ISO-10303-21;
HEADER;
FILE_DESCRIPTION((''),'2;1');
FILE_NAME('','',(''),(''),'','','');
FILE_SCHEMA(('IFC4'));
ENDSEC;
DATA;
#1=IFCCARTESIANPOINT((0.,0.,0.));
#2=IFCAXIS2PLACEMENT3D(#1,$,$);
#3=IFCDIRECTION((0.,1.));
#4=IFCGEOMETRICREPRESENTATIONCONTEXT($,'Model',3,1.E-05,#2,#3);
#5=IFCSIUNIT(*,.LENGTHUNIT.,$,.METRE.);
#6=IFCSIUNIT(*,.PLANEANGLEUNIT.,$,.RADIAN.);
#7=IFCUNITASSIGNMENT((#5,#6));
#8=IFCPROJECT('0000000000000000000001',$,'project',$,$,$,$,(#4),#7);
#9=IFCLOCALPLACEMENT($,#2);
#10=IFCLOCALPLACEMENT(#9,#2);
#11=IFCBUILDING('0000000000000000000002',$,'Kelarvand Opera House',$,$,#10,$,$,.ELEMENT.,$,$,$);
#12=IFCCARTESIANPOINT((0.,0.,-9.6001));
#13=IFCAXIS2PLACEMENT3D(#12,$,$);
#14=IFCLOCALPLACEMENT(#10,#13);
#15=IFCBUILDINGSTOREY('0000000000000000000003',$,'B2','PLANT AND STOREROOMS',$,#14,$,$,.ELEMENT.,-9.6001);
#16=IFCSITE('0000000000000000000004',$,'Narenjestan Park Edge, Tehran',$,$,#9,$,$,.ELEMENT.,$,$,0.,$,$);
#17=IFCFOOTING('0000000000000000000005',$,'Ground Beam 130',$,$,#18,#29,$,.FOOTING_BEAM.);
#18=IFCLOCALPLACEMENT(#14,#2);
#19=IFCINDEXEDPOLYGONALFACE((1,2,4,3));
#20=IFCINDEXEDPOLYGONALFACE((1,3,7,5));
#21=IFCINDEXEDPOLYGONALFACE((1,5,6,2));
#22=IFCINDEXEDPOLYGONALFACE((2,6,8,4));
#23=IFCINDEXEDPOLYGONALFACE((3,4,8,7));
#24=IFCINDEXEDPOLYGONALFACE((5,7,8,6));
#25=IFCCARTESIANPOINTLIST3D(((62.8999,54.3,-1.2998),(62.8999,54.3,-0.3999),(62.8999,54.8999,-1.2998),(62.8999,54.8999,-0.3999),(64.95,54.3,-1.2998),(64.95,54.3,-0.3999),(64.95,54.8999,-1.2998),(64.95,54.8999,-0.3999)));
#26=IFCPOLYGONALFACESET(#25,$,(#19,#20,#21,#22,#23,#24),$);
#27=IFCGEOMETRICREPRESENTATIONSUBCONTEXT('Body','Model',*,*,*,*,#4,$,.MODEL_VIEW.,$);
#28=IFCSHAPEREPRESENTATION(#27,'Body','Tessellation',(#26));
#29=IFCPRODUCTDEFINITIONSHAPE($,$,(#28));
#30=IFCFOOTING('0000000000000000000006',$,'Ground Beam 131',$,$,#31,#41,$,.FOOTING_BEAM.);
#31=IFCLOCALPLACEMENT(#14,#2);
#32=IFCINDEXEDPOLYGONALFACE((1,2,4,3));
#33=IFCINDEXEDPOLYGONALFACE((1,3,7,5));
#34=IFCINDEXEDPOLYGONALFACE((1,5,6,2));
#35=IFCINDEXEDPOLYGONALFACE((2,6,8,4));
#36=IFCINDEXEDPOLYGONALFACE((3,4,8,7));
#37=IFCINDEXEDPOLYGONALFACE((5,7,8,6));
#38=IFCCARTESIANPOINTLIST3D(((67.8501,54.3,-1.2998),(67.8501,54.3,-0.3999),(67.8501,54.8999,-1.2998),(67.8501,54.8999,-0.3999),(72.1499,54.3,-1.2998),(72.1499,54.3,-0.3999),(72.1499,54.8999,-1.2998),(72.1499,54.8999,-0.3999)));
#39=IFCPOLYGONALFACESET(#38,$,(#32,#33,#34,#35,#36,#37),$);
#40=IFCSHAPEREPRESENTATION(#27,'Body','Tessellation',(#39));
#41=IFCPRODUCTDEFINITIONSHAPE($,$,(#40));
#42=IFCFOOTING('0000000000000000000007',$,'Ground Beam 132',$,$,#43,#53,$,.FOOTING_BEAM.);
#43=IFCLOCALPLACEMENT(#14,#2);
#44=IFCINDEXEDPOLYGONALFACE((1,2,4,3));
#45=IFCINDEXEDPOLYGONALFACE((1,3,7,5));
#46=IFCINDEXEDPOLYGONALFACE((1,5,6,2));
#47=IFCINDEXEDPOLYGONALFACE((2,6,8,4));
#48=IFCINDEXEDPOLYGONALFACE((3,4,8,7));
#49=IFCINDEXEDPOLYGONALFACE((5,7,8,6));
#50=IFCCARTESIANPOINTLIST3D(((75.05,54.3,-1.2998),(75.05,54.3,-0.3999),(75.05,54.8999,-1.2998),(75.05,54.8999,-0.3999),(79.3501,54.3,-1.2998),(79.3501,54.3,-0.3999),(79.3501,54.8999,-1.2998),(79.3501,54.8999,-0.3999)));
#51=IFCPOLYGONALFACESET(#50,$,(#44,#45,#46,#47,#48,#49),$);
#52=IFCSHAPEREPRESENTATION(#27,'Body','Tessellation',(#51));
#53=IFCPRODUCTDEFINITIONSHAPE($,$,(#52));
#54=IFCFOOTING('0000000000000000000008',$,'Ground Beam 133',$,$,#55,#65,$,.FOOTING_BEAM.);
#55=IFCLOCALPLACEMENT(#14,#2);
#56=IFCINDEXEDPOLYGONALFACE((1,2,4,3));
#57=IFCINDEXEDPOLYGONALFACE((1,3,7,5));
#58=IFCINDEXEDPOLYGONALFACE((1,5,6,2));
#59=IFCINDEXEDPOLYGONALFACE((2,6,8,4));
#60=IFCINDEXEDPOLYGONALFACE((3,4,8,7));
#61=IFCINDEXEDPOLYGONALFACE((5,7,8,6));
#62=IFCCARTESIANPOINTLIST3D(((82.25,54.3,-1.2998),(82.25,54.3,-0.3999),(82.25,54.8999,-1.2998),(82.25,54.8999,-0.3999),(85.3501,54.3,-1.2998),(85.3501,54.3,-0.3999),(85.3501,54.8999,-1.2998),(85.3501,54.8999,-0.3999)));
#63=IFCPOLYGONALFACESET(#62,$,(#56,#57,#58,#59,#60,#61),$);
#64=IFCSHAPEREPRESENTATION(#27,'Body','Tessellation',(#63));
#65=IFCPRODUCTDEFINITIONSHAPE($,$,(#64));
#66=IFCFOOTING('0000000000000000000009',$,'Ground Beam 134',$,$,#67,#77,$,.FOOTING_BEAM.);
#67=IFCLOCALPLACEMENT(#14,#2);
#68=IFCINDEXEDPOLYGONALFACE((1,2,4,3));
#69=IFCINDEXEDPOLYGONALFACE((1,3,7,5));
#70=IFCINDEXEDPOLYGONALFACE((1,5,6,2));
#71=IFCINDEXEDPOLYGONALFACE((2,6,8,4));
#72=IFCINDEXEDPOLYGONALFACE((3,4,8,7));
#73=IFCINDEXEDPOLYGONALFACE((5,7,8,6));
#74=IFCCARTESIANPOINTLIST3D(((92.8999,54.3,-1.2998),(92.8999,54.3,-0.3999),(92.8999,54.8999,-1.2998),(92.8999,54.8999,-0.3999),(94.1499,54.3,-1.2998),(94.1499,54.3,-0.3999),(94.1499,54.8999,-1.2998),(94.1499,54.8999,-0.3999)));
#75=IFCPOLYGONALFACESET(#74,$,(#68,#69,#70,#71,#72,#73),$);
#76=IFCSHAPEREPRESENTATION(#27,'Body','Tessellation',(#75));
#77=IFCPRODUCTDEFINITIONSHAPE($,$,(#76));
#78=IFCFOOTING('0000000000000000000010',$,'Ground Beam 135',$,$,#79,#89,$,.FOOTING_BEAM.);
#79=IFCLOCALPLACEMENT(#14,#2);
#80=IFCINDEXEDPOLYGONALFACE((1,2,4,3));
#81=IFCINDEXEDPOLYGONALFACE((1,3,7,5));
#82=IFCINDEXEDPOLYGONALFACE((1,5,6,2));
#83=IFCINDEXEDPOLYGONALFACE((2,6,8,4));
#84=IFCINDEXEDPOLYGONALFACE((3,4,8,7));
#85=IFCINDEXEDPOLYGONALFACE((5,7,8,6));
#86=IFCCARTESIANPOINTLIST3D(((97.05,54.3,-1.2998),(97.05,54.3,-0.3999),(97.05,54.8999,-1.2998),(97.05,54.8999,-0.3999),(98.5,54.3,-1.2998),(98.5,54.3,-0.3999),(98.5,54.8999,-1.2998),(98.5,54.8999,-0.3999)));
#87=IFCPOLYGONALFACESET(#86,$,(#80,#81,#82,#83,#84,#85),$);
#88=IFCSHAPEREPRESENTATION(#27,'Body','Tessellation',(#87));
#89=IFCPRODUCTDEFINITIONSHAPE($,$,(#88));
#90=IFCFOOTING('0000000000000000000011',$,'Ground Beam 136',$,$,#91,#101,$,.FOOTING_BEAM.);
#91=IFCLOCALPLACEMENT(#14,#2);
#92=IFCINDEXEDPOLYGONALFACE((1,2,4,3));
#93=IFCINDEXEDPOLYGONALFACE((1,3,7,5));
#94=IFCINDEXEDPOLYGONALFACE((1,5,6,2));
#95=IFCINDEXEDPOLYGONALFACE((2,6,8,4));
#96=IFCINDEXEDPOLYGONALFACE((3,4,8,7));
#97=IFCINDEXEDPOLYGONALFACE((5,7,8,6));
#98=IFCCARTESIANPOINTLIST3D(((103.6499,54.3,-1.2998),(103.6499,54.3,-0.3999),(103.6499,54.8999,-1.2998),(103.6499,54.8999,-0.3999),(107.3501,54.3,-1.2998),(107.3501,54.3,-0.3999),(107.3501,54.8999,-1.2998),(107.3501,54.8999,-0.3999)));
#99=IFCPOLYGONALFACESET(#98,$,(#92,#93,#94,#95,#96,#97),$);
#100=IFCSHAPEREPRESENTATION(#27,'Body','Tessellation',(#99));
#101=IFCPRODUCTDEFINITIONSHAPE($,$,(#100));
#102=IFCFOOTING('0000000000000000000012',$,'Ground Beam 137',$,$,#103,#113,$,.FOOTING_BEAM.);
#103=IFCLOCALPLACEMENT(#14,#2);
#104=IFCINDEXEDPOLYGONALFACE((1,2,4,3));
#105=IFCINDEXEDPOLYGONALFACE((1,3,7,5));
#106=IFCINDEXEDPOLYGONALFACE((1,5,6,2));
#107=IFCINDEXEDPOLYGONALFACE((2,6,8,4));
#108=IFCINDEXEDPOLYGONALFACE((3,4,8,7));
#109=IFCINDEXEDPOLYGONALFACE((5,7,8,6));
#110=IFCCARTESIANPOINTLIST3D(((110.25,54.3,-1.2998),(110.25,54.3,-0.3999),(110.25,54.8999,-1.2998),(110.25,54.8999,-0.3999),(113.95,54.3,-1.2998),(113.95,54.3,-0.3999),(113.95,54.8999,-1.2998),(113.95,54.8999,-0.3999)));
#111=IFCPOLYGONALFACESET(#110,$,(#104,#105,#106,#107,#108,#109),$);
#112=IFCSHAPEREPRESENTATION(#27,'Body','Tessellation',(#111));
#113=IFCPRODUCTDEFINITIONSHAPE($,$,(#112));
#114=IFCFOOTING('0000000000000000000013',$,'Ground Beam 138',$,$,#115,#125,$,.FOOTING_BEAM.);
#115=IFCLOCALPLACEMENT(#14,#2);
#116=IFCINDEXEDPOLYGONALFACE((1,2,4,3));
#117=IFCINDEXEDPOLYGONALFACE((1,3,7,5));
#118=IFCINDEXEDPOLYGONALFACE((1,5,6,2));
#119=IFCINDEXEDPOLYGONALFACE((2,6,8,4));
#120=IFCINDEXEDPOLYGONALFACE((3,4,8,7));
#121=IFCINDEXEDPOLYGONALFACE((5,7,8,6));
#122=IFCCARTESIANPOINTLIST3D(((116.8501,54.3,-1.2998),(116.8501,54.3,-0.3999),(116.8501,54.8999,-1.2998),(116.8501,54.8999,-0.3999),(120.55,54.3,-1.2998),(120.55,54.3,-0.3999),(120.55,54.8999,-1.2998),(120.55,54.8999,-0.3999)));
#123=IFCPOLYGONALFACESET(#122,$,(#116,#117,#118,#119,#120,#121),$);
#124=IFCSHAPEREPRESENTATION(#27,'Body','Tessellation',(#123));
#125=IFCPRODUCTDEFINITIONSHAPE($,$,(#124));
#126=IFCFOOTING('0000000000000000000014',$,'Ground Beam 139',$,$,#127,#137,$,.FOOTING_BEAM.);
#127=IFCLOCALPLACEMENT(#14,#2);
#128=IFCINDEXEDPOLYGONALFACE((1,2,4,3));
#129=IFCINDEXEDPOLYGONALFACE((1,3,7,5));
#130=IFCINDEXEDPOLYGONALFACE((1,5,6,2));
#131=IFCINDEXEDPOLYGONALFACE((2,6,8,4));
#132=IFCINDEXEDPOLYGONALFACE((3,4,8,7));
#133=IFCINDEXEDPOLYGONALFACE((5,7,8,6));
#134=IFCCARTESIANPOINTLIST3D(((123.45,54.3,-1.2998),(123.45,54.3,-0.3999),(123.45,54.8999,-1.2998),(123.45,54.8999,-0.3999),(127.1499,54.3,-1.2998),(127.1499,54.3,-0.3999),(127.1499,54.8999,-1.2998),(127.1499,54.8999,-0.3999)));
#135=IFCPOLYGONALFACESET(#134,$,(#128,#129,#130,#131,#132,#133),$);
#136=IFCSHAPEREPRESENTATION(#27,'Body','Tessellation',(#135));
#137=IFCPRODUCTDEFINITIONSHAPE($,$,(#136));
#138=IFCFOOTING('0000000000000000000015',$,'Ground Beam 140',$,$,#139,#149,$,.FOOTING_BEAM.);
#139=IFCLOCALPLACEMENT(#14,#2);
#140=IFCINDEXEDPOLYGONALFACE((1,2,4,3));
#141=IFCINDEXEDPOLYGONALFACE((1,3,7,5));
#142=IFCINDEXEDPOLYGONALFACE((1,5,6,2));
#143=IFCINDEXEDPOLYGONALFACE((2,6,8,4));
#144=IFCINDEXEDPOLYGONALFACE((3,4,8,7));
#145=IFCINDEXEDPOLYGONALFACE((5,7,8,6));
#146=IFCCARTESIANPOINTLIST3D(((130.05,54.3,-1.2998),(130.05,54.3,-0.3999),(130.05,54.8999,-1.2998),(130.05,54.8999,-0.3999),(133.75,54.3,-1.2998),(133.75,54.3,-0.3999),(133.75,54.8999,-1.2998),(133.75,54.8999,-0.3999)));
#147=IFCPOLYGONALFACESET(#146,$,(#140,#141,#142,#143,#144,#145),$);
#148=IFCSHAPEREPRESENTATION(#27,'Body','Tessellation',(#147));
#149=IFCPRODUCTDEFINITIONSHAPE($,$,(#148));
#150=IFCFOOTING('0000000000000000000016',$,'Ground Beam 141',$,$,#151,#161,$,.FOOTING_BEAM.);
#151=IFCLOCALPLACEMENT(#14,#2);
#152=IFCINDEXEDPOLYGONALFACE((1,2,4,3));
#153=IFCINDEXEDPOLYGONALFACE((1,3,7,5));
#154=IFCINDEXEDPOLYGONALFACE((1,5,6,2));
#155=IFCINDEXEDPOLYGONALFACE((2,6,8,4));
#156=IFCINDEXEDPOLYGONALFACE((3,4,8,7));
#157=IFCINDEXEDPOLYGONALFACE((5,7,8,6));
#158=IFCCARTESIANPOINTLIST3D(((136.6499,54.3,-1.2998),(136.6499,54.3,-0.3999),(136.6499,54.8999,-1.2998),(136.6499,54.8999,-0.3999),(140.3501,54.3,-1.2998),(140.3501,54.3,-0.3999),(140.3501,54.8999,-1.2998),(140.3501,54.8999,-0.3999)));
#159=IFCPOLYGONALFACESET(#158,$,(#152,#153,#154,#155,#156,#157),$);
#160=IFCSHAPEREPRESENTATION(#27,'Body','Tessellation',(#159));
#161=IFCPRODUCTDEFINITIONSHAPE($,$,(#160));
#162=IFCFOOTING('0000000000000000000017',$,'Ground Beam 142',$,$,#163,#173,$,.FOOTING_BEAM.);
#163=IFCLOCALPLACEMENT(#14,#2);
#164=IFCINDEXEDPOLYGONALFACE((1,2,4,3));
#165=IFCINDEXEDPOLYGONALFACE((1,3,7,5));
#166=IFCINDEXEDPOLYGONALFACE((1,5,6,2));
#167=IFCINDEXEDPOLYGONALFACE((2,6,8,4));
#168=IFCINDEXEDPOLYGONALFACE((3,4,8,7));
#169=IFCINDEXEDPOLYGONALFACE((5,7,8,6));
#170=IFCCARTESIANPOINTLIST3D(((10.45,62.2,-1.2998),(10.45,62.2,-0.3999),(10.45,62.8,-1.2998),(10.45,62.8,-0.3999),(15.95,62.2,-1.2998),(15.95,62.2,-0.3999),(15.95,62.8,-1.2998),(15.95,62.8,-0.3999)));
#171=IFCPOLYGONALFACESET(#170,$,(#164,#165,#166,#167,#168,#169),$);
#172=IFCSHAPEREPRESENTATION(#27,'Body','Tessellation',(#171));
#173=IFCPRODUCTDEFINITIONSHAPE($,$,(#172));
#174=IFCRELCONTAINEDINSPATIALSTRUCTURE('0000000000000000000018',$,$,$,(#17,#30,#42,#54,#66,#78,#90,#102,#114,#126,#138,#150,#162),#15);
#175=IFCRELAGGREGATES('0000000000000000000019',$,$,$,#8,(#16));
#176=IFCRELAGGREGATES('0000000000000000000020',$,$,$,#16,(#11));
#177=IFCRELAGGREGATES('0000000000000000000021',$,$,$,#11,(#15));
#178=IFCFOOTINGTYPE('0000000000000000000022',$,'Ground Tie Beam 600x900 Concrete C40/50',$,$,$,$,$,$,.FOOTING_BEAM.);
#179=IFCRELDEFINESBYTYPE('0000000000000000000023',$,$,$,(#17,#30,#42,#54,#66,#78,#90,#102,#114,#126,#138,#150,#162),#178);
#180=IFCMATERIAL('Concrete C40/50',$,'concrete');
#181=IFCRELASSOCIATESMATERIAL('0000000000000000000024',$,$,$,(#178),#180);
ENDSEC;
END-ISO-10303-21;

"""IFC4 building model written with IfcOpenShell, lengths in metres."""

from ifc_helpers import new_model, si_unit, direction, frame, origin, place, context, subcontext, project, spatial, polyline, outline, extrude, material, type_object, element, save


model = new_model("IFC4")

# Units and contexts
model_context = context("Model", 3, precision=1e-05, world=origin(), true_north=direction((0.0, 1.0)))
body_context = subcontext(model_context, "Body", "Model", "MODEL_VIEW")
ifc_project = project(units=[si_unit("LENGTHUNIT", "METRE"), si_unit("PLANEANGLEUNIT", "RADIAN")], contexts=[model_context])

# Site, building, storey
site_placement = place(None, origin())
site = spatial("IfcSite", under=ifc_project, at=site_placement, Name="Narenjestan Park Edge, Tehran", CompositionType="ELEMENT", RefElevation=0.0)
building_placement = place(site_placement, origin())
building = spatial("IfcBuilding", under=site, at=building_placement, Name="Kelarvand Opera House", CompositionType="ELEMENT")
storey_placement = place(building_placement, frame((0.0, 0.0, -9.6001)))
storey = spatial("IfcBuildingStorey", under=building, at=storey_placement, Name="B2", Description="PLANT AND STOREROOMS", CompositionType="ELEMENT", Elevation=-9.6001)

# Footings
ifc_material = material(Name="Concrete C40/50", Category="concrete")
footing_type = type_object("IfcFootingType", Name="Ground Tie Beam 600x900 Concrete C40/50", PredefinedType="FOOTING_BEAM", material=ifc_material)
footing_1_placement = place(storey_placement, frame((0.0, 0.0, -1.2998)))
element("IfcFooting", 1, at=footing_1_placement, inside=storey, type_object=footing_type, Name="Ground Beam 130", PredefinedType="FOOTING_BEAM", context=body_context, shape_type="SweptSolid", body=[
    extrude(outline(polyline([(62.8999, 54.3), (64.95, 54.3), (64.95, 54.8999), (62.8999, 54.8999), (62.8999, 54.3)])), origin(), (0.0, 0.0, 1.0), 0.8999),
])
footing_2_placement = place(storey_placement, frame((0.0, 0.0, -1.2998)))
element("IfcFooting", 2, at=footing_2_placement, inside=storey, type_object=footing_type, Name="Ground Beam 131", PredefinedType="FOOTING_BEAM", context=body_context, shape_type="SweptSolid", body=[
    extrude(outline(polyline([(67.8501, 54.3), (72.1499, 54.3), (72.1499, 54.8999), (67.8501, 54.8999), (67.8501, 54.3)])), origin(), (0.0, 0.0, 1.0), 0.8999),
])
footing_3_placement = place(storey_placement, frame((0.0, 0.0, -1.2998)))
element("IfcFooting", 3, at=footing_3_placement, inside=storey, type_object=footing_type, Name="Ground Beam 132", PredefinedType="FOOTING_BEAM", context=body_context, shape_type="SweptSolid", body=[
    extrude(outline(polyline([(75.05, 54.3), (79.3501, 54.3), (79.3501, 54.8999), (75.05, 54.8999), (75.05, 54.3)])), origin(), (0.0, 0.0, 1.0), 0.8999),
])
footing_4_placement = place(storey_placement, frame((0.0, 0.0, -1.2998)))
element("IfcFooting", 4, at=footing_4_placement, inside=storey, type_object=footing_type, Name="Ground Beam 133", PredefinedType="FOOTING_BEAM", context=body_context, shape_type="SweptSolid", body=[
    extrude(outline(polyline([(82.25, 54.3), (85.3501, 54.3), (85.3501, 54.8999), (82.25, 54.8999), (82.25, 54.3)])), origin(), (0.0, 0.0, 1.0), 0.8999),
])
footing_5_placement = place(storey_placement, frame((0.0, 0.0, -1.2998)))
element("IfcFooting", 5, at=footing_5_placement, inside=storey, type_object=footing_type, Name="Ground Beam 134", PredefinedType="FOOTING_BEAM", context=body_context, shape_type="SweptSolid", body=[
    extrude(outline(polyline([(92.8999, 54.3), (94.1499, 54.3), (94.1499, 54.8999), (92.8999, 54.8999), (92.8999, 54.3)])), origin(), (0.0, 0.0, 1.0), 0.8999),
])
footing_6_placement = place(storey_placement, frame((0.0, 0.0, -1.2998)))
element("IfcFooting", 6, at=footing_6_placement, inside=storey, type_object=footing_type, Name="Ground Beam 135", PredefinedType="FOOTING_BEAM", context=body_context, shape_type="SweptSolid", body=[
    extrude(outline(polyline([(97.05, 54.3), (98.5, 54.3), (98.5, 54.8999), (97.05, 54.8999), (97.05, 54.3)])), origin(), (0.0, 0.0, 1.0), 0.8999),
])
footing_7_placement = place(storey_placement, frame((0.0, 0.0, -1.2998)))
element("IfcFooting", 7, at=footing_7_placement, inside=storey, type_object=footing_type, Name="Ground Beam 136", PredefinedType="FOOTING_BEAM", context=body_context, shape_type="SweptSolid", body=[
    extrude(outline(polyline([(103.6499, 54.3), (107.3501, 54.3), (107.3501, 54.8999), (103.6499, 54.8999), (103.6499, 54.3)])), origin(), (0.0, 0.0, 1.0), 0.8999),
])
footing_8_placement = place(storey_placement, frame((0.0, 0.0, -1.2998)))
element("IfcFooting", 8, at=footing_8_placement, inside=storey, type_object=footing_type, Name="Ground Beam 137", PredefinedType="FOOTING_BEAM", context=body_context, shape_type="SweptSolid", body=[
    extrude(outline(polyline([(110.25, 54.3), (113.95, 54.3), (113.95, 54.8999), (110.25, 54.8999), (110.25, 54.3)])), origin(), (0.0, 0.0, 1.0), 0.8999),
])
footing_9_placement = place(storey_placement, frame((0.0, 0.0, -1.2998)))
element("IfcFooting", 9, at=footing_9_placement, inside=storey, type_object=footing_type, Name="Ground Beam 138", PredefinedType="FOOTING_BEAM", context=body_context, shape_type="SweptSolid", body=[
    extrude(outline(polyline([(116.8501, 54.3), (120.55, 54.3), (120.55, 54.8999), (116.8501, 54.8999), (116.8501, 54.3)])), origin(), (0.0, 0.0, 1.0), 0.8999),
])
footing_10_placement = place(storey_placement, frame((0.0, 0.0, -1.2998)))
element("IfcFooting", 10, at=footing_10_placement, inside=storey, type_object=footing_type, Name="Ground Beam 139", PredefinedType="FOOTING_BEAM", context=body_context, shape_type="SweptSolid", body=[
    extrude(outline(polyline([(123.45, 54.3), (127.1499, 54.3), (127.1499, 54.8999), (123.45, 54.8999), (123.45, 54.3)])), origin(), (0.0, 0.0, 1.0), 0.8999),
])
footing_11_placement = place(storey_placement, frame((0.0, 0.0, -1.2998)))
element("IfcFooting", 11, at=footing_11_placement, inside=storey, type_object=footing_type, Name="Ground Beam 140", PredefinedType="FOOTING_BEAM", context=body_context, shape_type="SweptSolid", body=[
    extrude(outline(polyline([(130.05, 54.3), (133.75, 54.3), (133.75, 54.8999), (130.05, 54.8999), (130.05, 54.3)])), origin(), (0.0, 0.0, 1.0), 0.8999),
])
footing_12_placement = place(storey_placement, frame((0.0, 0.0, -1.2998)))
element("IfcFooting", 12, at=footing_12_placement, inside=storey, type_object=footing_type, Name="Ground Beam 141", PredefinedType="FOOTING_BEAM", context=body_context, shape_type="SweptSolid", body=[
    extrude(outline(polyline([(136.6499, 54.3), (140.3501, 54.3), (140.3501, 54.8999), (136.6499, 54.8999), (136.6499, 54.3)])), origin(), (0.0, 0.0, 1.0), 0.8999),
])
footing_13_placement = place(storey_placement, frame((0.0, 0.0, -1.2998)))
element("IfcFooting", 13, at=footing_13_placement, inside=storey, type_object=footing_type, Name="Ground Beam 142", PredefinedType="FOOTING_BEAM", context=body_context, shape_type="SweptSolid", body=[
    extrude(outline(polyline([(10.45, 62.2), (15.95, 62.2), (15.95, 62.8), (10.45, 62.8), (10.45, 62.2)])), origin(), (0.0, 0.0, 1.0), 0.8999),
])

save(model, "model.ifc")
